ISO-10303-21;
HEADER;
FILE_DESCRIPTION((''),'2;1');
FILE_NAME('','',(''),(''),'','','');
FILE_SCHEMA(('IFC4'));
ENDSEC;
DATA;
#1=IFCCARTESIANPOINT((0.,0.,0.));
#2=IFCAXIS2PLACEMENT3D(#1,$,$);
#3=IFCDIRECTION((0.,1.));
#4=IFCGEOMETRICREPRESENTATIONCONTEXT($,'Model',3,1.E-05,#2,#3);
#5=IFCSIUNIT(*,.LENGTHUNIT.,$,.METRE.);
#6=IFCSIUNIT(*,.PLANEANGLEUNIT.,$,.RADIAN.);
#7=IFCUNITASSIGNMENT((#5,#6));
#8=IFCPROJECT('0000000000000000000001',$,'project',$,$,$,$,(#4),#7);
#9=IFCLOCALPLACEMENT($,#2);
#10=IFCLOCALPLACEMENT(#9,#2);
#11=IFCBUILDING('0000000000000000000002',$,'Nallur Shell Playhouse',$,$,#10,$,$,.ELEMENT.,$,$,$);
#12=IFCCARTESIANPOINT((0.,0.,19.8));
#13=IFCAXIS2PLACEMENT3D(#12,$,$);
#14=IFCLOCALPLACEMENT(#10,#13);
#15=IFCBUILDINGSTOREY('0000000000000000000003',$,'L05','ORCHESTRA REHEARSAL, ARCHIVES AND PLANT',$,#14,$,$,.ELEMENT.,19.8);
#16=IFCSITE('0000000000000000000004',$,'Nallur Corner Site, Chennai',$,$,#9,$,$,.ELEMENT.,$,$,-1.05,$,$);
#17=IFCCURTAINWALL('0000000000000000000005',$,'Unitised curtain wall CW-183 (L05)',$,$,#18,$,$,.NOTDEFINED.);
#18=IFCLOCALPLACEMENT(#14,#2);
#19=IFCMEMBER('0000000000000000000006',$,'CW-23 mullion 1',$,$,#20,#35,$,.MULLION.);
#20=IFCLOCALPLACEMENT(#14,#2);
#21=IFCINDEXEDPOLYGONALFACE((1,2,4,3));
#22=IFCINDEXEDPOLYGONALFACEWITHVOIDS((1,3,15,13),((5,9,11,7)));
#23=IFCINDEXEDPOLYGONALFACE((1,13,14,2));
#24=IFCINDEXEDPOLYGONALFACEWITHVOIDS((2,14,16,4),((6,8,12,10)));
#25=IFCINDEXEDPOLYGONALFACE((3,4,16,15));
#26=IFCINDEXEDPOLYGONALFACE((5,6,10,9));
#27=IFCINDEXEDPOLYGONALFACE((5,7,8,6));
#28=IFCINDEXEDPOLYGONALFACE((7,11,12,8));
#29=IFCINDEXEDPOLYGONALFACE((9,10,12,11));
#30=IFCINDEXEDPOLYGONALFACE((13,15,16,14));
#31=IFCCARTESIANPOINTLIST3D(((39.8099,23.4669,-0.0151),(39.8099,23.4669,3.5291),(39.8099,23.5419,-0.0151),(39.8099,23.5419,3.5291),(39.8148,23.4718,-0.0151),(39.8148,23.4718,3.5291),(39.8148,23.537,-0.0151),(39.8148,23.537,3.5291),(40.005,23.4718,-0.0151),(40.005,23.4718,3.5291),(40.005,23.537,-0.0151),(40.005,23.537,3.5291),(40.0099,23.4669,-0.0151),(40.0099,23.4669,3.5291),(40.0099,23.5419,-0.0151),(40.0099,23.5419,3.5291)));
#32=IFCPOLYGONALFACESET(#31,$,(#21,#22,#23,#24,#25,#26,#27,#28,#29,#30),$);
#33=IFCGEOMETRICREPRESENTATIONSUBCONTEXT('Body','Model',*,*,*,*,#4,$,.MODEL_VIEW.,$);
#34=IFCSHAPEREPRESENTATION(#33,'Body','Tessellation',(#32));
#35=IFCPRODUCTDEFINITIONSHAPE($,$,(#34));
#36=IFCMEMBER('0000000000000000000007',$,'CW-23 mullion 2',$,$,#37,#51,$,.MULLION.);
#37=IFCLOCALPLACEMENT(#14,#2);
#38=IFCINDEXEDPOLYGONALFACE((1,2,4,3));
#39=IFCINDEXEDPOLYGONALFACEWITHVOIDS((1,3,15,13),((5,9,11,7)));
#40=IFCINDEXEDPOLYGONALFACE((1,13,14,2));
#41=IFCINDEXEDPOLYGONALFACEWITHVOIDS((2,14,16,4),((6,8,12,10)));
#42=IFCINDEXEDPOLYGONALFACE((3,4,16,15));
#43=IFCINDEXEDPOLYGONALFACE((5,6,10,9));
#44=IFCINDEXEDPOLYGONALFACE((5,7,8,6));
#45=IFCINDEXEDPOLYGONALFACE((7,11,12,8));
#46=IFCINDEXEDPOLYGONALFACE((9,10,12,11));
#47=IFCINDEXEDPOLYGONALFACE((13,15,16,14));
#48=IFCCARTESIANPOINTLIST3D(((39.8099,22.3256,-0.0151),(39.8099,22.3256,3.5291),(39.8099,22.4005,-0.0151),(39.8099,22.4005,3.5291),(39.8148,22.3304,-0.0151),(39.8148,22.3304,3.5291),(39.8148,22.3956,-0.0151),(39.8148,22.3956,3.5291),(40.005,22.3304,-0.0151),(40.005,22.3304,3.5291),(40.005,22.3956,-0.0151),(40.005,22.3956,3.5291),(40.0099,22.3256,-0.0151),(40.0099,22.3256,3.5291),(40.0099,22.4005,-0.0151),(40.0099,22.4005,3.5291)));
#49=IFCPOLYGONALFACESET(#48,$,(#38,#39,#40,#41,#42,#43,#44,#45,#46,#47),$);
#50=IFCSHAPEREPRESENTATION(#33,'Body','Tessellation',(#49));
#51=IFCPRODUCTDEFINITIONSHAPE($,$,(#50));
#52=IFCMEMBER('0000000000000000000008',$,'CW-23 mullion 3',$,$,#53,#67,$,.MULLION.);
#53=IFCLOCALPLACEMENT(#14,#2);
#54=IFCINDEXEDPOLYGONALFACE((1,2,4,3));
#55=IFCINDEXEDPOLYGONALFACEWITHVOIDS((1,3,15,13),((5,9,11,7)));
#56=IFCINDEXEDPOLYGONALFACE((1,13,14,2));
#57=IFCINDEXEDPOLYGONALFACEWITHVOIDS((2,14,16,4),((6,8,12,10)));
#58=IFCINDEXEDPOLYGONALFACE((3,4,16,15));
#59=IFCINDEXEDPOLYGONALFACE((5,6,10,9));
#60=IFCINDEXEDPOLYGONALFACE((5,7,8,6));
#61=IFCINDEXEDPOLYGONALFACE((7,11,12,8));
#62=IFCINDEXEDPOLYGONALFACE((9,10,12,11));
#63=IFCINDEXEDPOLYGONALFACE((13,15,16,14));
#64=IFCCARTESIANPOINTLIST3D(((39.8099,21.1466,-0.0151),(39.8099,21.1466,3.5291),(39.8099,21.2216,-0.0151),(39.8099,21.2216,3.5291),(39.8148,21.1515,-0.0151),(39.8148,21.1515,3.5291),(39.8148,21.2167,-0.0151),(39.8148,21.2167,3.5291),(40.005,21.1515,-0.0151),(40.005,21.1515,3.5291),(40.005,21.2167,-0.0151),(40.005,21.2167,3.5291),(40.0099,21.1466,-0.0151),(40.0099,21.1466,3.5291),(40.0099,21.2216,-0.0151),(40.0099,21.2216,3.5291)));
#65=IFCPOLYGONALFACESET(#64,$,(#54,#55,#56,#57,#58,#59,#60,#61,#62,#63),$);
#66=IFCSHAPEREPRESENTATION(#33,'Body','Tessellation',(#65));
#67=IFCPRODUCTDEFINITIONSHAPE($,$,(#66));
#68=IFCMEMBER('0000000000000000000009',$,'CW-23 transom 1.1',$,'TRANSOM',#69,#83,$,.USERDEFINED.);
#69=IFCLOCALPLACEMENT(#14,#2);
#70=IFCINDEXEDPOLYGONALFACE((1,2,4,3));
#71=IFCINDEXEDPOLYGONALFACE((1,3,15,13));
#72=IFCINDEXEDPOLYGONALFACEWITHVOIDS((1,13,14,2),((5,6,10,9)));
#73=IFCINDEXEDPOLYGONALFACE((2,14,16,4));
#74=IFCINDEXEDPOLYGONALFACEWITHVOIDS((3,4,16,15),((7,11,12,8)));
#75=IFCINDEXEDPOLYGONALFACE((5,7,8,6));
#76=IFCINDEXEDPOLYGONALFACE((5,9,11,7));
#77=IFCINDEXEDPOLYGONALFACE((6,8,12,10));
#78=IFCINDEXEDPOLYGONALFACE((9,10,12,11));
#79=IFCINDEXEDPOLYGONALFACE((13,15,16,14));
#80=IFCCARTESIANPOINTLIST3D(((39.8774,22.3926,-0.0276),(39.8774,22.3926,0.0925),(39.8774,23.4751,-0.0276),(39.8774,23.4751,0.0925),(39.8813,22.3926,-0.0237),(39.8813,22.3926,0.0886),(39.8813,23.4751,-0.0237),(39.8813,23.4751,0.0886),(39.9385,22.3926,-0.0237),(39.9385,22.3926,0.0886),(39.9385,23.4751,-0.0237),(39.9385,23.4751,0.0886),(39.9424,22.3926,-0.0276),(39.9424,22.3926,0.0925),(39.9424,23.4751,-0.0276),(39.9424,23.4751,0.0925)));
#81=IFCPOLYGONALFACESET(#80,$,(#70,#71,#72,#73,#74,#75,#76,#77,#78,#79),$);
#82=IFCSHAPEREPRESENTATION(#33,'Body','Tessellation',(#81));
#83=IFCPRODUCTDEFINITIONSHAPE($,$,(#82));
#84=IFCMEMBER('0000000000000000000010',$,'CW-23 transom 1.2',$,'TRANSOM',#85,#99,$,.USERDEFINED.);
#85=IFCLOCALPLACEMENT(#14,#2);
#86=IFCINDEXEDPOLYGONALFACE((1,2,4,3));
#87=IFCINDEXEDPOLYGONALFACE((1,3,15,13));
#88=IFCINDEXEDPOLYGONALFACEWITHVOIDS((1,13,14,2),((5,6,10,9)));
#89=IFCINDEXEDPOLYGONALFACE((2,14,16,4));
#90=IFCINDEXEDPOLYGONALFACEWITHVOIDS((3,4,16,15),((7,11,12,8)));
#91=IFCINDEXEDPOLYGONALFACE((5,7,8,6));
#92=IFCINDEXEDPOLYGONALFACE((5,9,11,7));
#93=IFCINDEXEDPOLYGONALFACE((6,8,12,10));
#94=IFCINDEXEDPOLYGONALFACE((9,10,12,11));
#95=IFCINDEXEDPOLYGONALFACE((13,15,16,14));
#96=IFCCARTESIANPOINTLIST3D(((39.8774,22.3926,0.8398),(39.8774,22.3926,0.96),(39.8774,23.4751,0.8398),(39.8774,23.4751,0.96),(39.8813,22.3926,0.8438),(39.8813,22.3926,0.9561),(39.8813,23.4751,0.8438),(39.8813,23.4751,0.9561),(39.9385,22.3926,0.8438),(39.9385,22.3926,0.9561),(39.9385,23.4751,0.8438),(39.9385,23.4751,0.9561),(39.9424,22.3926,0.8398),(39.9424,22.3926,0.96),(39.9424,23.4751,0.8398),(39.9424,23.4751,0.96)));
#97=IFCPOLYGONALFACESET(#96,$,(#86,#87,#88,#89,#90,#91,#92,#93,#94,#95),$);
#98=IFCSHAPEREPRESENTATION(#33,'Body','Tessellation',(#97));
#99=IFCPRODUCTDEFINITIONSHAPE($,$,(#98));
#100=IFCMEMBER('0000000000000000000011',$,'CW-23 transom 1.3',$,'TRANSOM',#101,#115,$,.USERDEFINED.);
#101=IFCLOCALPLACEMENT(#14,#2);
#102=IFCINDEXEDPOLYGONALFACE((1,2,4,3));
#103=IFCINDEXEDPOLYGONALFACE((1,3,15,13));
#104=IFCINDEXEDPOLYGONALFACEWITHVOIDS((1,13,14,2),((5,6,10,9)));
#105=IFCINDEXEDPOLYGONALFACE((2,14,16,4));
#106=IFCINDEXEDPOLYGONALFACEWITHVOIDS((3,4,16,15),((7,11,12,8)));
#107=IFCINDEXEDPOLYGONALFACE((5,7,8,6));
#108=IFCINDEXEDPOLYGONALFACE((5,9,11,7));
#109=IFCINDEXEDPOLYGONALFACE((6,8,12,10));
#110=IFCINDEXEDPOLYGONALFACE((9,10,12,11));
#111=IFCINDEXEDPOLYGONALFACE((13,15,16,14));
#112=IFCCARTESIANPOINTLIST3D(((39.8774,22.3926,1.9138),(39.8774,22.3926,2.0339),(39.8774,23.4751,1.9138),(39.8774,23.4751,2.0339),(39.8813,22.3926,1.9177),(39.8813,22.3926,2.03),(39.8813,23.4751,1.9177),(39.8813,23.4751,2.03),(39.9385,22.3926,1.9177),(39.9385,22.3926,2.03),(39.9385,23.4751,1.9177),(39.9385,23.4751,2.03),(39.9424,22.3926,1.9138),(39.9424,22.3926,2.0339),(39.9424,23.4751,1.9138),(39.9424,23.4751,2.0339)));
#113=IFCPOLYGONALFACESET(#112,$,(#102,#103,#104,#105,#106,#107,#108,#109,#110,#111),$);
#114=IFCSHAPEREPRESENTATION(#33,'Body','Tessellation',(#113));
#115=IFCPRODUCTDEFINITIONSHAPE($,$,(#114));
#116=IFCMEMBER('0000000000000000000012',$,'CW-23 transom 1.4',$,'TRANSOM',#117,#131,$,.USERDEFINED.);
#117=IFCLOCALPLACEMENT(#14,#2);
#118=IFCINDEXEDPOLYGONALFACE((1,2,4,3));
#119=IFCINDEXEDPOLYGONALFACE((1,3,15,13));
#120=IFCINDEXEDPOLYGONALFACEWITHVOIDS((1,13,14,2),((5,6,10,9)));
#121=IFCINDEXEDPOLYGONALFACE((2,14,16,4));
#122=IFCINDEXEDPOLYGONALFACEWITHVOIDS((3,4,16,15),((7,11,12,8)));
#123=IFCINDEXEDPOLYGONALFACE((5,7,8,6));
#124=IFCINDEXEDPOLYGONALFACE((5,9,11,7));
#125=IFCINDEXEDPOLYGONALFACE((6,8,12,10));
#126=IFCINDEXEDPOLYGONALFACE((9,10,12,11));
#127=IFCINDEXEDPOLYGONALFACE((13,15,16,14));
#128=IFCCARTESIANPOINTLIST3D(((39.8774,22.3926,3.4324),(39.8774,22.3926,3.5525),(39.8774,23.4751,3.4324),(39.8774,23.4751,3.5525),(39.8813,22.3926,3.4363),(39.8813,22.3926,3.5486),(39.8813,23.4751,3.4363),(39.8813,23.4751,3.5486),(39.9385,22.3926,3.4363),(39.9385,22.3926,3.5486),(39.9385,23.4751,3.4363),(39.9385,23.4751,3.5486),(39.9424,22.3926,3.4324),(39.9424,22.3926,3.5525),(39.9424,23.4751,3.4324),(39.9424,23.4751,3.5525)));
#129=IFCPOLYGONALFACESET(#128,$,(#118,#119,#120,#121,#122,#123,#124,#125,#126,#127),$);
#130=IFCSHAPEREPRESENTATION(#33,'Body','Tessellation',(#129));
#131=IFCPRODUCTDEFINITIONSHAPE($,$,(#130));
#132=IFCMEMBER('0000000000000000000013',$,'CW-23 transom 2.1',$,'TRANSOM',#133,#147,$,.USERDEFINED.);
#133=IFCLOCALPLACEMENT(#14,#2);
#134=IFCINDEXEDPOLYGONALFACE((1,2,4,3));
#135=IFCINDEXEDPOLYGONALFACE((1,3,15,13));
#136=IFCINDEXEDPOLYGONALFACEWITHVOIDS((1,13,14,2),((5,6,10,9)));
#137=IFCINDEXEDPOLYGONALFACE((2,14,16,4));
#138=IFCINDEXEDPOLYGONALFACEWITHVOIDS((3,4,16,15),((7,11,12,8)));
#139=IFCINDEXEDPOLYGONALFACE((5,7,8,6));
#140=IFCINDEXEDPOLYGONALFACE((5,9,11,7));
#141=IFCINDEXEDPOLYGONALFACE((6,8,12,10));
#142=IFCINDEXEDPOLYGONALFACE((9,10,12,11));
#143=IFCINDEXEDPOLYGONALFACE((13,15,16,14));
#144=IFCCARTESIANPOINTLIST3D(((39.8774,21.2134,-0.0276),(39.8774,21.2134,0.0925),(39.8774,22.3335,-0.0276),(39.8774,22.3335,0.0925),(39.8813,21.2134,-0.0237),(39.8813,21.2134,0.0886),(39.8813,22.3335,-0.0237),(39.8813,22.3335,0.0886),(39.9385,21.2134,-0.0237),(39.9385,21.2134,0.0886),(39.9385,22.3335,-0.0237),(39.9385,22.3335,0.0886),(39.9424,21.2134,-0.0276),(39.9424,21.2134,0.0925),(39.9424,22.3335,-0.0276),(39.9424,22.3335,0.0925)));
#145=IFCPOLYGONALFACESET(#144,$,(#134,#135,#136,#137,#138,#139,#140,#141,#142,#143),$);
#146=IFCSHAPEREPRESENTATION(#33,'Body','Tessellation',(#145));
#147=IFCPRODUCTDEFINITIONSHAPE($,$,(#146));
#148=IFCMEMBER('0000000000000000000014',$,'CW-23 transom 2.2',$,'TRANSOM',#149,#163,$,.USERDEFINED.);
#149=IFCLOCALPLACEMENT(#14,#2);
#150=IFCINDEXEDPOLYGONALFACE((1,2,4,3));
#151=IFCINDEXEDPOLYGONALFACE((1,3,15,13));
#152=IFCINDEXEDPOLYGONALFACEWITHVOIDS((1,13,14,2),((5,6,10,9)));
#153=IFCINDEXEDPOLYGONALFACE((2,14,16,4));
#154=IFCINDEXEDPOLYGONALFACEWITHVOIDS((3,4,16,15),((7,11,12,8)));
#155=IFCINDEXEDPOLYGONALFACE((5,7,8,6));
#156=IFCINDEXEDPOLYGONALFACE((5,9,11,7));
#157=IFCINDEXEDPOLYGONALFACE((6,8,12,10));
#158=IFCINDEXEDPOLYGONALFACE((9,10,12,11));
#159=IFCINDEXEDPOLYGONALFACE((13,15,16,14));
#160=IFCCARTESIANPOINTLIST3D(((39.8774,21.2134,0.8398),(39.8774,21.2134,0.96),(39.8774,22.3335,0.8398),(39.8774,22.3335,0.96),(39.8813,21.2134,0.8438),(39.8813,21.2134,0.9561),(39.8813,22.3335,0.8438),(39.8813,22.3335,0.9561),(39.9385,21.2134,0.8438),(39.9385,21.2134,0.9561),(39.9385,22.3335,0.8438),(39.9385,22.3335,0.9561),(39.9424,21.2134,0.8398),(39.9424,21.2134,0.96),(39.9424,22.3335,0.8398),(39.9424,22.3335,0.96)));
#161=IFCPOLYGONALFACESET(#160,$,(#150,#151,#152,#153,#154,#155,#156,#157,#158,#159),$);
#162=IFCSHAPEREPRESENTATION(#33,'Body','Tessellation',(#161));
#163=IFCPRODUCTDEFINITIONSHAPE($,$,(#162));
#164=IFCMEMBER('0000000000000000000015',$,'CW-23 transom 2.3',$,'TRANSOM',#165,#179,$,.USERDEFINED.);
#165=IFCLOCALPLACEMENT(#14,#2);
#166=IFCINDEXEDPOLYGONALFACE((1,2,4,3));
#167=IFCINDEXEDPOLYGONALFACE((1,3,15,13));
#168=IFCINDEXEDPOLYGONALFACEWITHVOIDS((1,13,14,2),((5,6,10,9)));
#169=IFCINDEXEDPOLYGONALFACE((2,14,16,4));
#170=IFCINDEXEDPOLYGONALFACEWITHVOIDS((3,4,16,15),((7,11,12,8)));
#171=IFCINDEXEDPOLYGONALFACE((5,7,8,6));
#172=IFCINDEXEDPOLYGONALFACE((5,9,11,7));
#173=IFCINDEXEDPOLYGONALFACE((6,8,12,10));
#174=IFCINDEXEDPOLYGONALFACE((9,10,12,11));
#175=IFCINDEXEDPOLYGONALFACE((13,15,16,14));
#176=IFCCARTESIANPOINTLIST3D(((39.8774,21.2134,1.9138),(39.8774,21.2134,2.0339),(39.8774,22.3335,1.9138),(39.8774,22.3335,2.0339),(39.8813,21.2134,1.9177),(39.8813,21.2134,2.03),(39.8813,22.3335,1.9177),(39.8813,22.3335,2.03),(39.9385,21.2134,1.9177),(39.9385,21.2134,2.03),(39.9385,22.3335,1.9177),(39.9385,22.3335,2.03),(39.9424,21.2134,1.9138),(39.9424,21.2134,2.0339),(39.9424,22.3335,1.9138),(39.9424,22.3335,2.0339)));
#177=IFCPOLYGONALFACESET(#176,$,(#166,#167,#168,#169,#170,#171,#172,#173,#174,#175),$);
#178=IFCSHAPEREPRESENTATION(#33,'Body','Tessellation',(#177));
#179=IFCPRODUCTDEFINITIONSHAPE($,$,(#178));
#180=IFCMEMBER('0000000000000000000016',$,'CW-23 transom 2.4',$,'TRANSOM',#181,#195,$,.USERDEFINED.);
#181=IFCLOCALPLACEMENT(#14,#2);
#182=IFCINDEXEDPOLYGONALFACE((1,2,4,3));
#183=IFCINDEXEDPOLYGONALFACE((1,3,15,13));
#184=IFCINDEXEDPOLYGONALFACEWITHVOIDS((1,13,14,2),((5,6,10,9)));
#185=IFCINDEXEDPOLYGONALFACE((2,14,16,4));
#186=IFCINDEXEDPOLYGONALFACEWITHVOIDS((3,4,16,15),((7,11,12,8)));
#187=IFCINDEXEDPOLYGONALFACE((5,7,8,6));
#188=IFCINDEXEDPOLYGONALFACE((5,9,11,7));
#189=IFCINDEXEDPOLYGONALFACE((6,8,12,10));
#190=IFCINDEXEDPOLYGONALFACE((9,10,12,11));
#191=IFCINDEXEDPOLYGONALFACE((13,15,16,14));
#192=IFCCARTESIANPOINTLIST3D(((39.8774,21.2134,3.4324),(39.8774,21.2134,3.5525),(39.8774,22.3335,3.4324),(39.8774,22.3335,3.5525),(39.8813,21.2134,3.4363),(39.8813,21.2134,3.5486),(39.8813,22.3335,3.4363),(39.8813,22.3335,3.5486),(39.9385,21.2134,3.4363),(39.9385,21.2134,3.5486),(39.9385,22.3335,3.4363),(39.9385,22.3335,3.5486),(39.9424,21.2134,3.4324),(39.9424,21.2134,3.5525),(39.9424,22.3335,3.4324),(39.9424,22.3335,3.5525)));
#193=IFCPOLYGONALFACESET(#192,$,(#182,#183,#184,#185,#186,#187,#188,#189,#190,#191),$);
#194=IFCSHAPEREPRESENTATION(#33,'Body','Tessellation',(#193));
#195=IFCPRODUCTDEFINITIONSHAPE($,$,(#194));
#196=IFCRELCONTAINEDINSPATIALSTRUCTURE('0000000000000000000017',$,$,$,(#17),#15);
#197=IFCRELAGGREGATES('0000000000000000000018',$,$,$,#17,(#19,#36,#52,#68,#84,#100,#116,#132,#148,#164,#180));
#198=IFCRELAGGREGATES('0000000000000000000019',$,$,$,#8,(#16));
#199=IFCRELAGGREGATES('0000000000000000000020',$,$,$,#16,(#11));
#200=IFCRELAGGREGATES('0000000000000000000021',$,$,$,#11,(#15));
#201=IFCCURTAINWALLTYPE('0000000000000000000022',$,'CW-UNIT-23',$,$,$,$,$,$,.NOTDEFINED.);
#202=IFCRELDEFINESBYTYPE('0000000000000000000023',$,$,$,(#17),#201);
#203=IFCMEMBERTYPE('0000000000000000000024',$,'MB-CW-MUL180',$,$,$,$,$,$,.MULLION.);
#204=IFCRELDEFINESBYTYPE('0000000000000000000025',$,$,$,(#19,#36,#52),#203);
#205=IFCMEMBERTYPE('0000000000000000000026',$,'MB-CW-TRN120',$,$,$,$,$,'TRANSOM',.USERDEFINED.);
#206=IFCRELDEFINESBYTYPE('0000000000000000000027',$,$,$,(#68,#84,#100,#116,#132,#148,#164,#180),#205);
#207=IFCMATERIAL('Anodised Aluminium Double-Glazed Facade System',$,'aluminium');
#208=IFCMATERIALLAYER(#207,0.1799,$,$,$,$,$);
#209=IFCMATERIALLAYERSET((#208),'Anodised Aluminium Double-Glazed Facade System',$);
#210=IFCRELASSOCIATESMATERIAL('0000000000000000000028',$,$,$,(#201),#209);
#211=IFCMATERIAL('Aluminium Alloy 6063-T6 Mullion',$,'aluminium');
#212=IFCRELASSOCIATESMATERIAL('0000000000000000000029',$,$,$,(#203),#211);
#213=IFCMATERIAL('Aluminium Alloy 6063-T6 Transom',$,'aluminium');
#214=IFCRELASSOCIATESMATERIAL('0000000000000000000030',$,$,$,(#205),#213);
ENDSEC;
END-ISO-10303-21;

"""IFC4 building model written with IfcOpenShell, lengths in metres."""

from ifc_helpers import new_model, si_unit, direction, frame, origin, origin_2d, place, context, subcontext, project, spatial, hollow_rectangle, extrude, material, layer, layer_set, material_profile, profile_set, type_object, element, aggregate, save


model = new_model("IFC4")

# Units and contexts
model_context = context("Model", 3, precision=1e-05, world=origin(), true_north=direction((0.0, 1.0)))
body_context = subcontext(model_context, "Body", "Model", "MODEL_VIEW")
ifc_project = project(units=[si_unit("LENGTHUNIT", "METRE"), si_unit("PLANEANGLEUNIT", "RADIAN")], contexts=[model_context])

# Site, building, storey
site_placement = place(None, origin())
site = spatial("IfcSite", under=ifc_project, at=site_placement, Name="Nallur Corner Site, Chennai", CompositionType="ELEMENT", RefElevation=-1.05)
building_placement = place(site_placement, origin())
building = spatial("IfcBuilding", under=site, at=building_placement, Name="Nallur Shell Playhouse", CompositionType="ELEMENT")
storey_placement = place(building_placement, frame((0.0, 0.0, 19.8)))
storey = spatial("IfcBuildingStorey", under=building, at=storey_placement, Name="L05", Description="ORCHESTRA REHEARSAL, ARCHIVES AND PLANT", CompositionType="ELEMENT", Elevation=19.8)

# Curtain wall, members
ifc_material_1 = material(Name="Anodised Aluminium Double-Glazed Facade System", Category="aluminium")
ifc_layer_1 = layer(ifc_material_1, 0.1799)
ifc_layer_set_1 = layer_set([ifc_layer_1], Name="Anodised Aluminium Double-Glazed Facade System")
curtain_wall_type = type_object("IfcCurtainWallType", Name="CW-UNIT-23", PredefinedType="NOTDEFINED", material=ifc_layer_set_1)
curtain_wall_placement = place(storey_placement, origin())
curtain_wall = element("IfcCurtainWall", 1, at=curtain_wall_placement, inside=storey, type_object=curtain_wall_type, Name="Unitised curtain wall CW-183 (L05)", PredefinedType="NOTDEFINED")
ifc_material_2 = material(Name="Aluminium Alloy 6063-T6 Mullion", Category="aluminium")
ifc_material_profile_1 = material_profile(ifc_material_2, hollow_rectangle(XDim=0.075, YDim=0.2, WallThickness=0.0049, at=origin_2d()), Name="ALU 75x200x5")
ifc_profile_set_1 = profile_set([ifc_material_profile_1], Name="Aluminium Alloy 6063-T6 Mullion")
member_type_1 = type_object("IfcMemberType", Name="MB-CW-MUL180", PredefinedType="MULLION", material=ifc_profile_set_1)
member_1_placement = place(storey_placement, frame((39.9099, 23.5044, -0.0151), z_axis=(0.0, 0.0, 1.0), x_axis=(0.0, -1.0, 0.0)))
member_1 = element("IfcMember", 2, at=member_1_placement, type_object=member_type_1, Name="CW-23 mullion 1", PredefinedType="MULLION", context=body_context, shape_type="SweptSolid", body=[
    extrude(hollow_rectangle(XDim=0.075, YDim=0.2, WallThickness=0.0049, at=origin_2d()), origin(), (0.0, 0.0, 1.0), 3.5442),
])
member_2_placement = place(storey_placement, frame((39.9099, 22.363, -0.0151), z_axis=(0.0, 0.0, 1.0), x_axis=(0.0, -1.0, 0.0)))
member_2 = element("IfcMember", 3, at=member_2_placement, type_object=member_type_1, Name="CW-23 mullion 2", PredefinedType="MULLION", context=body_context, shape_type="SweptSolid", body=[
    extrude(hollow_rectangle(XDim=0.075, YDim=0.2, WallThickness=0.0049, at=origin_2d()), origin(), (0.0, 0.0, 1.0), 3.5442),
])
member_3_placement = place(storey_placement, frame((39.9099, 21.1841, -0.0151), z_axis=(0.0, 0.0, 1.0), x_axis=(0.0, -1.0, 0.0)))
member_3 = element("IfcMember", 4, at=member_3_placement, type_object=member_type_1, Name="CW-23 mullion 3", PredefinedType="MULLION", context=body_context, shape_type="SweptSolid", body=[
    extrude(hollow_rectangle(XDim=0.075, YDim=0.2, WallThickness=0.0049, at=origin_2d()), origin(), (0.0, 0.0, 1.0), 3.5442),
])
ifc_material_3 = material(Name="Aluminium Alloy 6063-T6 Transom", Category="aluminium")
ifc_material_profile_2 = material_profile(ifc_material_3, hollow_rectangle(XDim=0.0649, YDim=0.1201, WallThickness=0.0039, at=origin_2d()), Name="ALU 65x120x4")
ifc_profile_set_2 = profile_set([ifc_material_profile_2], Name="Aluminium Alloy 6063-T6 Transom")
member_type_2 = type_object("IfcMemberType", Name="MB-CW-TRN120", ElementType="TRANSOM", PredefinedType="USERDEFINED", material=ifc_profile_set_2)
member_4_placement = place(storey_placement, frame((39.9099, 23.4751, 0.0325), z_axis=(0.0, -1.0, 0.0), x_axis=(1.0, 0.0, 0.0)))
member_4 = element("IfcMember", 5, at=member_4_placement, type_object=member_type_2, Name="CW-23 transom 1.1", ObjectType="TRANSOM", PredefinedType="USERDEFINED", context=body_context, shape_type="SweptSolid", body=[
    extrude(hollow_rectangle(XDim=0.0649, YDim=0.1201, WallThickness=0.0039, at=origin_2d()), origin(), (0.0, 0.0, 1.0), 1.0825),
])
member_5_placement = place(storey_placement, frame((39.9099, 23.4751, 0.8999), z_axis=(0.0, -1.0, 0.0), x_axis=(1.0, 0.0, 0.0)))
member_5 = element("IfcMember", 6, at=member_5_placement, type_object=member_type_2, Name="CW-23 transom 1.2", ObjectType="TRANSOM", PredefinedType="USERDEFINED", context=body_context, shape_type="SweptSolid", body=[
    extrude(hollow_rectangle(XDim=0.0649, YDim=0.1201, WallThickness=0.0039, at=origin_2d()), origin(), (0.0, 0.0, 1.0), 1.0825),
])
member_6_placement = place(storey_placement, frame((39.9099, 23.4751, 1.9739), z_axis=(0.0, -1.0, 0.0), x_axis=(1.0, 0.0, 0.0)))
member_6 = element("IfcMember", 7, at=member_6_placement, type_object=member_type_2, Name="CW-23 transom 1.3", ObjectType="TRANSOM", PredefinedType="USERDEFINED", context=body_context, shape_type="SweptSolid", body=[
    extrude(hollow_rectangle(XDim=0.0649, YDim=0.1201, WallThickness=0.0039, at=origin_2d()), origin(), (0.0, 0.0, 1.0), 1.0825),
])
member_7_placement = place(storey_placement, frame((39.9099, 23.4751, 3.4924), z_axis=(0.0, -1.0, 0.0), x_axis=(1.0, 0.0, 0.0)))
member_7 = element("IfcMember", 8, at=member_7_placement, type_object=member_type_2, Name="CW-23 transom 1.4", ObjectType="TRANSOM", PredefinedType="USERDEFINED", context=body_context, shape_type="SweptSolid", body=[
    extrude(hollow_rectangle(XDim=0.0649, YDim=0.1201, WallThickness=0.0039, at=origin_2d()), origin(), (0.0, 0.0, 1.0), 1.0825),
])
member_8_placement = place(storey_placement, frame((39.9099, 22.3335, 0.0325), z_axis=(0.0, -1.0, 0.0), x_axis=(1.0, 0.0, 0.0)))
member_8 = element("IfcMember", 9, at=member_8_placement, type_object=member_type_2, Name="CW-23 transom 2.1", ObjectType="TRANSOM", PredefinedType="USERDEFINED", context=body_context, shape_type="SweptSolid", body=[
    extrude(hollow_rectangle(XDim=0.0649, YDim=0.1201, WallThickness=0.0039, at=origin_2d()), origin(), (0.0, 0.0, 1.0), 1.1201),
])
member_9_placement = place(storey_placement, frame((39.9099, 22.3335, 0.8999), z_axis=(0.0, -1.0, 0.0), x_axis=(1.0, 0.0, 0.0)))
member_9 = element("IfcMember", 10, at=member_9_placement, type_object=member_type_2, Name="CW-23 transom 2.2", ObjectType="TRANSOM", PredefinedType="USERDEFINED", context=body_context, shape_type="SweptSolid", body=[
    extrude(hollow_rectangle(XDim=0.0649, YDim=0.1201, WallThickness=0.0039, at=origin_2d()), origin(), (0.0, 0.0, 1.0), 1.1201),
])
member_10_placement = place(storey_placement, frame((39.9099, 22.3335, 1.9739), z_axis=(0.0, -1.0, 0.0), x_axis=(1.0, 0.0, 0.0)))
member_10 = element("IfcMember", 11, at=member_10_placement, type_object=member_type_2, Name="CW-23 transom 2.3", ObjectType="TRANSOM", PredefinedType="USERDEFINED", context=body_context, shape_type="SweptSolid", body=[
    extrude(hollow_rectangle(XDim=0.0649, YDim=0.1201, WallThickness=0.0039, at=origin_2d()), origin(), (0.0, 0.0, 1.0), 1.1201),
])
member_11_placement = place(storey_placement, frame((39.9099, 22.3335, 3.4924), z_axis=(0.0, -1.0, 0.0), x_axis=(1.0, 0.0, 0.0)))
member_11 = element("IfcMember", 12, at=member_11_placement, type_object=member_type_2, Name="CW-23 transom 2.4", ObjectType="TRANSOM", PredefinedType="USERDEFINED", context=body_context, shape_type="SweptSolid", body=[
    extrude(hollow_rectangle(XDim=0.0649, YDim=0.1201, WallThickness=0.0039, at=origin_2d()), origin(), (0.0, 0.0, 1.0), 1.1201),
])
aggregate(curtain_wall, [member_1, member_2, member_3, member_4, member_5, member_6, member_7, member_8, member_9, member_10, member_11])

save(model, "model.ifc")
